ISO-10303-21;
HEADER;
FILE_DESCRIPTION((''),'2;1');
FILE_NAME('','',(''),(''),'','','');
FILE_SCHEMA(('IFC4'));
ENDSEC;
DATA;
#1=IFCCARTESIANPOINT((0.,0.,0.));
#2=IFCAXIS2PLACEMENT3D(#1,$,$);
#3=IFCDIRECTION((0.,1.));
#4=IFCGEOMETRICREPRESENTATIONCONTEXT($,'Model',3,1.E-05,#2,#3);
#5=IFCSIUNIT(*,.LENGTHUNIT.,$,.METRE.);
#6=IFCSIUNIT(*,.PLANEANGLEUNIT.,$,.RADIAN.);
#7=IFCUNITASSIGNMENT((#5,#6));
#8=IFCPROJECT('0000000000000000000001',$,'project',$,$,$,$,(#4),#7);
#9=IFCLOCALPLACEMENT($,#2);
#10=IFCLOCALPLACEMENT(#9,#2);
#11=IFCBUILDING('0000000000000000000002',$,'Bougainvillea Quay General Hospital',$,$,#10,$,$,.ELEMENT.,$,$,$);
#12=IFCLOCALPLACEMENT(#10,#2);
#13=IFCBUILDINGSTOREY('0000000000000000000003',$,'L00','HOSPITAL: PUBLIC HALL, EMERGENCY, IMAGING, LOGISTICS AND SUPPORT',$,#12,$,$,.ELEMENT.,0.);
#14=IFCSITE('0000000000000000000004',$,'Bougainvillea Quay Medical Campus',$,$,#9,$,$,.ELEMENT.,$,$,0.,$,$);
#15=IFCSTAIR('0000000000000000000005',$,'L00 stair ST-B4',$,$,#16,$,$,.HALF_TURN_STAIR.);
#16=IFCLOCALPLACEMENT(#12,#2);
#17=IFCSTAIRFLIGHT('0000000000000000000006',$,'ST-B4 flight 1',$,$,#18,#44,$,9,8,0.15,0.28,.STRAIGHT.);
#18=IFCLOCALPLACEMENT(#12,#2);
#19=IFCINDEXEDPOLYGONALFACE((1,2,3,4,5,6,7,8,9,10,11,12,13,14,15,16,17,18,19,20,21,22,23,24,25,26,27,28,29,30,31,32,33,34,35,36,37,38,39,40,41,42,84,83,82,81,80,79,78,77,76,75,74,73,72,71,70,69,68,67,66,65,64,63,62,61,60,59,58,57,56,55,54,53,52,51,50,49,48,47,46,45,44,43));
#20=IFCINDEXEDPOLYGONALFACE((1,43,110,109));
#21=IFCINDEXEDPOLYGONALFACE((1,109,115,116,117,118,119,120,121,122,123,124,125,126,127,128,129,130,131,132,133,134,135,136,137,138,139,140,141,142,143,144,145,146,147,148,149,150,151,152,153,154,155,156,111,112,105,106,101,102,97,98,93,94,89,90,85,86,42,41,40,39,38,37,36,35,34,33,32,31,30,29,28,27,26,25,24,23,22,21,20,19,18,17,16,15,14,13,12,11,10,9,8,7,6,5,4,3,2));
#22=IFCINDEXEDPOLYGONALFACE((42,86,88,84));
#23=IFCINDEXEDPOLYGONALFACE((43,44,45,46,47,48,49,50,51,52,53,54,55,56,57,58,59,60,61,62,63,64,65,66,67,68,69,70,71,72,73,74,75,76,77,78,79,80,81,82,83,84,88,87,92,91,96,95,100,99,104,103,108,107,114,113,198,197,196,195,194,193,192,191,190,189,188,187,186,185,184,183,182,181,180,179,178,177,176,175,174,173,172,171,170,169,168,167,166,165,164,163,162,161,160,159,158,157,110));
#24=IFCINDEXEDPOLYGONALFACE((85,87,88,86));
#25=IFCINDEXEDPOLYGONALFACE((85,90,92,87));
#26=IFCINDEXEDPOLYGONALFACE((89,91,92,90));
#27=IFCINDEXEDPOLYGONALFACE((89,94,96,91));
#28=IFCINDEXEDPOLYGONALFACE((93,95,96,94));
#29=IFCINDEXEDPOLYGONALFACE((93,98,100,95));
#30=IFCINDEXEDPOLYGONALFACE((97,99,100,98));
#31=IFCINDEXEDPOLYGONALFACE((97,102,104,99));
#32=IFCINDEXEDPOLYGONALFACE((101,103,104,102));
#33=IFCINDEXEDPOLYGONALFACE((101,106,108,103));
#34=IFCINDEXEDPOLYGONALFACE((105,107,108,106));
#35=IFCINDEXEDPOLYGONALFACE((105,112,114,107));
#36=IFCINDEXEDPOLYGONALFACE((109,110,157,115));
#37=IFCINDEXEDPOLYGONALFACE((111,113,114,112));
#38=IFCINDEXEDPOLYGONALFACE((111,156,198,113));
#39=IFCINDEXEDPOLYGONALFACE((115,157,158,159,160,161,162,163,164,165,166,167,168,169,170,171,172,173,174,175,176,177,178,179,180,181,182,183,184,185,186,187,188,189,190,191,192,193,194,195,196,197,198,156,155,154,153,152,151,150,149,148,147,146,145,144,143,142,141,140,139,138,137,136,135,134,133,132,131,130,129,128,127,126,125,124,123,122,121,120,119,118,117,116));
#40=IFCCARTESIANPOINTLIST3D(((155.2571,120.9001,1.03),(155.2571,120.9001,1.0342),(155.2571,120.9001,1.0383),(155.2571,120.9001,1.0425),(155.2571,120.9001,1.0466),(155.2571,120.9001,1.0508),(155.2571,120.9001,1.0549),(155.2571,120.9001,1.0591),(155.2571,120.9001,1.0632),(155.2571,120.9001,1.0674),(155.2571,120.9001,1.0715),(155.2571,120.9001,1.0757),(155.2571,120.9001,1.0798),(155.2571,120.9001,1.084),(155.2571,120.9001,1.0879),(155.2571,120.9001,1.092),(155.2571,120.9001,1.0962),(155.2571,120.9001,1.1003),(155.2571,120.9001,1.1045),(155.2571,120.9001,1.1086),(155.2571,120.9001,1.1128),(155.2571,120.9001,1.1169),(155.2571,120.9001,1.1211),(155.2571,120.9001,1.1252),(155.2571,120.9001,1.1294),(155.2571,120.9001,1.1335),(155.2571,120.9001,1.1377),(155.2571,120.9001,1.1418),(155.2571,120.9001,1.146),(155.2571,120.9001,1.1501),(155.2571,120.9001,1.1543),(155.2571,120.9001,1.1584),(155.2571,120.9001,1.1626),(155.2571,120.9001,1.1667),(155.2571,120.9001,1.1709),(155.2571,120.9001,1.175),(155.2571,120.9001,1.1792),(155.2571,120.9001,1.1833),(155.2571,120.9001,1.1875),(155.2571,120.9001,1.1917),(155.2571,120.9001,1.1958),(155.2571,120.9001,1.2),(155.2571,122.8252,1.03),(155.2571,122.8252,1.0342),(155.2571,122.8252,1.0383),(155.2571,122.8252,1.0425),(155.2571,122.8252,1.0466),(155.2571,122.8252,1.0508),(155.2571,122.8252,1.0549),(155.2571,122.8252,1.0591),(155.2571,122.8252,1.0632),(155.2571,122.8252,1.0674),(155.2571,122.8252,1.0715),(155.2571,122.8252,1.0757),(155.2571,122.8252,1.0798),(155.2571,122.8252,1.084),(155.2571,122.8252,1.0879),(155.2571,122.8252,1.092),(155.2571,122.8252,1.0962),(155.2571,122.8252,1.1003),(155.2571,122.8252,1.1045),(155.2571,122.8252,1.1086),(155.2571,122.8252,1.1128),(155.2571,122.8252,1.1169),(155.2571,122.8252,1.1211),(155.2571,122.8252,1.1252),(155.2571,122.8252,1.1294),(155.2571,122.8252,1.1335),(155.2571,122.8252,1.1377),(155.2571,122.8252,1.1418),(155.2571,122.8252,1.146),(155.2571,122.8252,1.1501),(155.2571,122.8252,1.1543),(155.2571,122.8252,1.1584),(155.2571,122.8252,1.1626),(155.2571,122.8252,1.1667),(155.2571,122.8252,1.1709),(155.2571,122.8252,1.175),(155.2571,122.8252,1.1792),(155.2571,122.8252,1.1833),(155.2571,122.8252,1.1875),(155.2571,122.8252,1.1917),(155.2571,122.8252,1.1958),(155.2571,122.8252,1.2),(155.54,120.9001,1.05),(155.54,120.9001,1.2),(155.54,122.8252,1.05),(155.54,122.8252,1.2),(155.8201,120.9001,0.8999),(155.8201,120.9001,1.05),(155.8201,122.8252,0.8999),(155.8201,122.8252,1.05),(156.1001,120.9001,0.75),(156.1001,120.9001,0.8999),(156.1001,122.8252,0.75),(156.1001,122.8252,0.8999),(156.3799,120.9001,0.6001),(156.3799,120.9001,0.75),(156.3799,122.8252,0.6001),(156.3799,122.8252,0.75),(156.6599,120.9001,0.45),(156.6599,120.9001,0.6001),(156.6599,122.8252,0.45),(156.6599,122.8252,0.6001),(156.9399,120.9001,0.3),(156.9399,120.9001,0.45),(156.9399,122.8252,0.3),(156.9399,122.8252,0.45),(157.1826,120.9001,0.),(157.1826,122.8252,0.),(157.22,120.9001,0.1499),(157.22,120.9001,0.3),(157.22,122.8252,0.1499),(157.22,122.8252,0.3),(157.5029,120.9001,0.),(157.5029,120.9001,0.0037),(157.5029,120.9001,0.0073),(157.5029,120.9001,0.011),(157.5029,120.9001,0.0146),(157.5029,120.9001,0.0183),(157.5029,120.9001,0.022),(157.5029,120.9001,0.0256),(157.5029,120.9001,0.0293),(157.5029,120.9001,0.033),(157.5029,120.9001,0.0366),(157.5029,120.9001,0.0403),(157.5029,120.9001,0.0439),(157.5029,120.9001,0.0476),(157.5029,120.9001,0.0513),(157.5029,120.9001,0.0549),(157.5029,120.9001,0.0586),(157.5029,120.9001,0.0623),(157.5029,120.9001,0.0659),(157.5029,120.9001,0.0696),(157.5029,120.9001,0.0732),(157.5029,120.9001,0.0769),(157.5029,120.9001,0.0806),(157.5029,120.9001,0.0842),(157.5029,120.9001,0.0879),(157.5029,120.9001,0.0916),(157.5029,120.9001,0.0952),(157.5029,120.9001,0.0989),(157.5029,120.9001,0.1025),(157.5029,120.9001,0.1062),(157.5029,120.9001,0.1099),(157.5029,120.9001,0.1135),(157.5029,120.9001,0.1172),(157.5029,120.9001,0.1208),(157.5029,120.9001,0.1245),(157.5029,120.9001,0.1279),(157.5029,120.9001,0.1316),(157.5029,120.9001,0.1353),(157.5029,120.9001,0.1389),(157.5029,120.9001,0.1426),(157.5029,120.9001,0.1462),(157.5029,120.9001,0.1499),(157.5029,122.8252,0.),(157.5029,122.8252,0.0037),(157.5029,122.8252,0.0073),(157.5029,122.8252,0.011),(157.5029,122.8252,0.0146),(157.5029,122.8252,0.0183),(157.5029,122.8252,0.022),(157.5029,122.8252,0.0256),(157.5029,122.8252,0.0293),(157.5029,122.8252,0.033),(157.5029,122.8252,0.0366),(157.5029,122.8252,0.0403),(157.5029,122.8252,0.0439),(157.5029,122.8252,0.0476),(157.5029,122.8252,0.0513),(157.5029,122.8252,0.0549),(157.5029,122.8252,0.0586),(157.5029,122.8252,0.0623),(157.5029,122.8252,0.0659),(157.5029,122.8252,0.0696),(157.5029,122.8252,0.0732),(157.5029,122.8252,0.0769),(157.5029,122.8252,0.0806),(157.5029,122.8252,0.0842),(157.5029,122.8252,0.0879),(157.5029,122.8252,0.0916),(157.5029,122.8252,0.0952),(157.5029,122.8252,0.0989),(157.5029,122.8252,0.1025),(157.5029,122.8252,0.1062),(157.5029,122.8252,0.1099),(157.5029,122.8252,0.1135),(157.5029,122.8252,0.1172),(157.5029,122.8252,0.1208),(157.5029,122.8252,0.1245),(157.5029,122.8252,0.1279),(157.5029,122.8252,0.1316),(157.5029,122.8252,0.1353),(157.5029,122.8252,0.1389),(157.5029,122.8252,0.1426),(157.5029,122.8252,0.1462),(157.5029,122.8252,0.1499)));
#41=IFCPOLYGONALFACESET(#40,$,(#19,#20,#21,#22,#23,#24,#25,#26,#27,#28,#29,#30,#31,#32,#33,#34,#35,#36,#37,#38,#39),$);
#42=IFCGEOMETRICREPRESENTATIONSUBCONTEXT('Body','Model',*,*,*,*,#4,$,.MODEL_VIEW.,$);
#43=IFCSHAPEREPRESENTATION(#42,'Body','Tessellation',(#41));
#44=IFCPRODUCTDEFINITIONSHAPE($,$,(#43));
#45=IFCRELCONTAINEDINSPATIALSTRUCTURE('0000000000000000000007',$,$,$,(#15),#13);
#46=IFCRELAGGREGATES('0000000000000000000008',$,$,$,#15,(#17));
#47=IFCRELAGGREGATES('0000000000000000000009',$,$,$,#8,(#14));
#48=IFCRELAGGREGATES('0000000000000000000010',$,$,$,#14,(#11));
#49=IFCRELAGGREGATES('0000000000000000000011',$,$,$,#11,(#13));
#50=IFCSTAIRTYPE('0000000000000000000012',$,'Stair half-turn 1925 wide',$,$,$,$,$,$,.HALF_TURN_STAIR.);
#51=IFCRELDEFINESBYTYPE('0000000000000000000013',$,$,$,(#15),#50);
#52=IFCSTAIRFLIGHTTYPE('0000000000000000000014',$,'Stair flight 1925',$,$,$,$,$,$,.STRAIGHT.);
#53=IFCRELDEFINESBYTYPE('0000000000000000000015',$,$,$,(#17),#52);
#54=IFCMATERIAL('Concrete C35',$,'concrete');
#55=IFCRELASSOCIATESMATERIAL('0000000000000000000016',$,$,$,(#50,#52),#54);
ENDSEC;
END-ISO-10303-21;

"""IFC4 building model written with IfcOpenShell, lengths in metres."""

from ifc_helpers import new_model, si_unit, direction, frame, origin, place, context, subcontext, project, spatial, polyline, outline, extrude, material, type_object, element, aggregate, save


model = new_model("IFC4")

# Units and contexts
model_context = context("Model", 3, precision=1e-05, world=origin(), true_north=direction((0.0, 1.0)))
body_context = subcontext(model_context, "Body", "Model", "MODEL_VIEW")
ifc_project = project(units=[si_unit("LENGTHUNIT", "METRE"), si_unit("PLANEANGLEUNIT", "RADIAN")], contexts=[model_context])

# Site, building, storey
site_placement = place(None, origin())
site = spatial("IfcSite", under=ifc_project, at=site_placement, Name="Bougainvillea Quay Medical Campus", CompositionType="ELEMENT", RefElevation=0.0)
building_placement = place(site_placement, origin())
building = spatial("IfcBuilding", under=site, at=building_placement, Name="Bougainvillea Quay General Hospital", CompositionType="ELEMENT")
storey_placement = place(building_placement, origin())
storey = spatial("IfcBuildingStorey", under=building, at=storey_placement, Name="L00", Description="HOSPITAL: PUBLIC HALL, EMERGENCY, IMAGING, LOGISTICS AND SUPPORT", CompositionType="ELEMENT", Elevation=0.0)

# Stair, stair flight
ifc_material_1 = material(Name="Concrete C35", Category="concrete")
stair_type = type_object("IfcStairType", Name="Stair half-turn 1925 wide", PredefinedType="HALF_TURN_STAIR", material=ifc_material_1)
stair_placement = place(storey_placement, origin())
stair = element("IfcStair", 1, at=stair_placement, inside=storey, type_object=stair_type, Name="L00 stair ST-B4", PredefinedType="HALF_TURN_STAIR")
stair_flight_type = type_object("IfcStairFlightType", Name="Stair flight 1925", PredefinedType="STRAIGHT", material=ifc_material_1)
stair_flight_1_placement = place(storey_placement, frame((157.5, 121.8625, 0.0), z_axis=(0.0, 0.0, 1.0), x_axis=(-1.0, 0.0, 0.0)))
stair_flight_1 = element("IfcStairFlight", 2, at=stair_flight_1_placement, type_object=stair_flight_type, Name="ST-B4 flight 1", NumberOfRisers=9, NumberOfTreads=8, PredefinedType="STRAIGHT", RiserHeight=0.15, TreadLength=0.28, context=body_context, shape_type="SweptSolid", body=[
    extrude(outline(polyline([(-0.0029, 0.0), (-0.0029, 0.0037), (-0.0029, 0.0073), (-0.0029, 0.011), (-0.0029, 0.0146), (-0.0029, 0.0183), (-0.0029, 0.022), (-0.0029, 0.0256), (-0.0029, 0.0293), (-0.0029, 0.033), (-0.0029, 0.0366), (-0.0029, 0.0403), (-0.0029, 0.0439), (-0.0029, 0.0476), (-0.0029, 0.0513), (-0.0029, 0.0549), (-0.0029, 0.0586), (-0.0029, 0.0623), (-0.0029, 0.0659), (-0.0029, 0.0696), (-0.0029, 0.0732), (-0.0029, 0.0769), (-0.0029, 0.0806), (-0.0029, 0.0842), (-0.0029, 0.0879), (-0.0029, 0.0916), (-0.0029, 0.0952), (-0.0029, 0.0989), (-0.0029, 0.1025), (-0.0029, 0.1062), (-0.0029, 0.1099), (-0.0029, 0.1135), (-0.0029, 0.1172), (-0.0029, 0.1208), (-0.0029, 0.1245), (-0.0029, 0.1279), (-0.0029, 0.1316), (-0.0029, 0.1353), (-0.0029, 0.1389), (-0.0029, 0.1426), (-0.0029, 0.1462), (-0.0029, 0.1499), (0.28, 0.1499), (0.28, 0.3), (0.5601, 0.3), (0.5601, 0.45), (0.8401, 0.45), (0.8401, 0.6001), (1.1201, 0.6001), (1.1201, 0.75), (1.3999, 0.75), (1.3999, 0.8999), (1.6799, 0.8999), (1.6799, 1.05), (1.96, 1.05), (1.96, 1.2), (2.2429, 1.2), (2.2429, 1.1958), (2.2429, 1.1917), (2.2429, 1.1875), (2.2429, 1.1833), (2.2429, 1.1792), (2.2429, 1.175), (2.2429, 1.1709), (2.2429, 1.1667), (2.2429, 1.1626), (2.2429, 1.1584), (2.2429, 1.1543), (2.2429, 1.1501), (2.2429, 1.146), (2.2429, 1.1418), (2.2429, 1.1377), (2.2429, 1.1335), (2.2429, 1.1294), (2.2429, 1.1252), (2.2429, 1.1211), (2.2429, 1.1169), (2.2429, 1.1128), (2.2429, 1.1086), (2.2429, 1.1045), (2.2429, 1.1003), (2.2429, 1.0962), (2.2429, 1.092), (2.2429, 1.0879), (2.2429, 1.084), (2.2429, 1.0798), (2.2429, 1.0757), (2.2429, 1.0715), (2.2429, 1.0674), (2.2429, 1.0632), (2.2429, 1.0591), (2.2429, 1.0549), (2.2429, 1.0508), (2.2429, 1.0466), (2.2429, 1.0425), (2.2429, 1.0383), (2.2429, 1.0342), (2.2429, 1.03), (0.3174, 0.0), (-0.0029, 0.0)])), frame((0.0, 0.9624, 0.0), z_axis=(0.0, -1.0, 0.0), x_axis=(1.0, 0.0, 0.0)), (0.0, 0.0, 1.0), 1.925),
])
aggregate(stair, [stair_flight_1])

save(model, "model.ifc")
